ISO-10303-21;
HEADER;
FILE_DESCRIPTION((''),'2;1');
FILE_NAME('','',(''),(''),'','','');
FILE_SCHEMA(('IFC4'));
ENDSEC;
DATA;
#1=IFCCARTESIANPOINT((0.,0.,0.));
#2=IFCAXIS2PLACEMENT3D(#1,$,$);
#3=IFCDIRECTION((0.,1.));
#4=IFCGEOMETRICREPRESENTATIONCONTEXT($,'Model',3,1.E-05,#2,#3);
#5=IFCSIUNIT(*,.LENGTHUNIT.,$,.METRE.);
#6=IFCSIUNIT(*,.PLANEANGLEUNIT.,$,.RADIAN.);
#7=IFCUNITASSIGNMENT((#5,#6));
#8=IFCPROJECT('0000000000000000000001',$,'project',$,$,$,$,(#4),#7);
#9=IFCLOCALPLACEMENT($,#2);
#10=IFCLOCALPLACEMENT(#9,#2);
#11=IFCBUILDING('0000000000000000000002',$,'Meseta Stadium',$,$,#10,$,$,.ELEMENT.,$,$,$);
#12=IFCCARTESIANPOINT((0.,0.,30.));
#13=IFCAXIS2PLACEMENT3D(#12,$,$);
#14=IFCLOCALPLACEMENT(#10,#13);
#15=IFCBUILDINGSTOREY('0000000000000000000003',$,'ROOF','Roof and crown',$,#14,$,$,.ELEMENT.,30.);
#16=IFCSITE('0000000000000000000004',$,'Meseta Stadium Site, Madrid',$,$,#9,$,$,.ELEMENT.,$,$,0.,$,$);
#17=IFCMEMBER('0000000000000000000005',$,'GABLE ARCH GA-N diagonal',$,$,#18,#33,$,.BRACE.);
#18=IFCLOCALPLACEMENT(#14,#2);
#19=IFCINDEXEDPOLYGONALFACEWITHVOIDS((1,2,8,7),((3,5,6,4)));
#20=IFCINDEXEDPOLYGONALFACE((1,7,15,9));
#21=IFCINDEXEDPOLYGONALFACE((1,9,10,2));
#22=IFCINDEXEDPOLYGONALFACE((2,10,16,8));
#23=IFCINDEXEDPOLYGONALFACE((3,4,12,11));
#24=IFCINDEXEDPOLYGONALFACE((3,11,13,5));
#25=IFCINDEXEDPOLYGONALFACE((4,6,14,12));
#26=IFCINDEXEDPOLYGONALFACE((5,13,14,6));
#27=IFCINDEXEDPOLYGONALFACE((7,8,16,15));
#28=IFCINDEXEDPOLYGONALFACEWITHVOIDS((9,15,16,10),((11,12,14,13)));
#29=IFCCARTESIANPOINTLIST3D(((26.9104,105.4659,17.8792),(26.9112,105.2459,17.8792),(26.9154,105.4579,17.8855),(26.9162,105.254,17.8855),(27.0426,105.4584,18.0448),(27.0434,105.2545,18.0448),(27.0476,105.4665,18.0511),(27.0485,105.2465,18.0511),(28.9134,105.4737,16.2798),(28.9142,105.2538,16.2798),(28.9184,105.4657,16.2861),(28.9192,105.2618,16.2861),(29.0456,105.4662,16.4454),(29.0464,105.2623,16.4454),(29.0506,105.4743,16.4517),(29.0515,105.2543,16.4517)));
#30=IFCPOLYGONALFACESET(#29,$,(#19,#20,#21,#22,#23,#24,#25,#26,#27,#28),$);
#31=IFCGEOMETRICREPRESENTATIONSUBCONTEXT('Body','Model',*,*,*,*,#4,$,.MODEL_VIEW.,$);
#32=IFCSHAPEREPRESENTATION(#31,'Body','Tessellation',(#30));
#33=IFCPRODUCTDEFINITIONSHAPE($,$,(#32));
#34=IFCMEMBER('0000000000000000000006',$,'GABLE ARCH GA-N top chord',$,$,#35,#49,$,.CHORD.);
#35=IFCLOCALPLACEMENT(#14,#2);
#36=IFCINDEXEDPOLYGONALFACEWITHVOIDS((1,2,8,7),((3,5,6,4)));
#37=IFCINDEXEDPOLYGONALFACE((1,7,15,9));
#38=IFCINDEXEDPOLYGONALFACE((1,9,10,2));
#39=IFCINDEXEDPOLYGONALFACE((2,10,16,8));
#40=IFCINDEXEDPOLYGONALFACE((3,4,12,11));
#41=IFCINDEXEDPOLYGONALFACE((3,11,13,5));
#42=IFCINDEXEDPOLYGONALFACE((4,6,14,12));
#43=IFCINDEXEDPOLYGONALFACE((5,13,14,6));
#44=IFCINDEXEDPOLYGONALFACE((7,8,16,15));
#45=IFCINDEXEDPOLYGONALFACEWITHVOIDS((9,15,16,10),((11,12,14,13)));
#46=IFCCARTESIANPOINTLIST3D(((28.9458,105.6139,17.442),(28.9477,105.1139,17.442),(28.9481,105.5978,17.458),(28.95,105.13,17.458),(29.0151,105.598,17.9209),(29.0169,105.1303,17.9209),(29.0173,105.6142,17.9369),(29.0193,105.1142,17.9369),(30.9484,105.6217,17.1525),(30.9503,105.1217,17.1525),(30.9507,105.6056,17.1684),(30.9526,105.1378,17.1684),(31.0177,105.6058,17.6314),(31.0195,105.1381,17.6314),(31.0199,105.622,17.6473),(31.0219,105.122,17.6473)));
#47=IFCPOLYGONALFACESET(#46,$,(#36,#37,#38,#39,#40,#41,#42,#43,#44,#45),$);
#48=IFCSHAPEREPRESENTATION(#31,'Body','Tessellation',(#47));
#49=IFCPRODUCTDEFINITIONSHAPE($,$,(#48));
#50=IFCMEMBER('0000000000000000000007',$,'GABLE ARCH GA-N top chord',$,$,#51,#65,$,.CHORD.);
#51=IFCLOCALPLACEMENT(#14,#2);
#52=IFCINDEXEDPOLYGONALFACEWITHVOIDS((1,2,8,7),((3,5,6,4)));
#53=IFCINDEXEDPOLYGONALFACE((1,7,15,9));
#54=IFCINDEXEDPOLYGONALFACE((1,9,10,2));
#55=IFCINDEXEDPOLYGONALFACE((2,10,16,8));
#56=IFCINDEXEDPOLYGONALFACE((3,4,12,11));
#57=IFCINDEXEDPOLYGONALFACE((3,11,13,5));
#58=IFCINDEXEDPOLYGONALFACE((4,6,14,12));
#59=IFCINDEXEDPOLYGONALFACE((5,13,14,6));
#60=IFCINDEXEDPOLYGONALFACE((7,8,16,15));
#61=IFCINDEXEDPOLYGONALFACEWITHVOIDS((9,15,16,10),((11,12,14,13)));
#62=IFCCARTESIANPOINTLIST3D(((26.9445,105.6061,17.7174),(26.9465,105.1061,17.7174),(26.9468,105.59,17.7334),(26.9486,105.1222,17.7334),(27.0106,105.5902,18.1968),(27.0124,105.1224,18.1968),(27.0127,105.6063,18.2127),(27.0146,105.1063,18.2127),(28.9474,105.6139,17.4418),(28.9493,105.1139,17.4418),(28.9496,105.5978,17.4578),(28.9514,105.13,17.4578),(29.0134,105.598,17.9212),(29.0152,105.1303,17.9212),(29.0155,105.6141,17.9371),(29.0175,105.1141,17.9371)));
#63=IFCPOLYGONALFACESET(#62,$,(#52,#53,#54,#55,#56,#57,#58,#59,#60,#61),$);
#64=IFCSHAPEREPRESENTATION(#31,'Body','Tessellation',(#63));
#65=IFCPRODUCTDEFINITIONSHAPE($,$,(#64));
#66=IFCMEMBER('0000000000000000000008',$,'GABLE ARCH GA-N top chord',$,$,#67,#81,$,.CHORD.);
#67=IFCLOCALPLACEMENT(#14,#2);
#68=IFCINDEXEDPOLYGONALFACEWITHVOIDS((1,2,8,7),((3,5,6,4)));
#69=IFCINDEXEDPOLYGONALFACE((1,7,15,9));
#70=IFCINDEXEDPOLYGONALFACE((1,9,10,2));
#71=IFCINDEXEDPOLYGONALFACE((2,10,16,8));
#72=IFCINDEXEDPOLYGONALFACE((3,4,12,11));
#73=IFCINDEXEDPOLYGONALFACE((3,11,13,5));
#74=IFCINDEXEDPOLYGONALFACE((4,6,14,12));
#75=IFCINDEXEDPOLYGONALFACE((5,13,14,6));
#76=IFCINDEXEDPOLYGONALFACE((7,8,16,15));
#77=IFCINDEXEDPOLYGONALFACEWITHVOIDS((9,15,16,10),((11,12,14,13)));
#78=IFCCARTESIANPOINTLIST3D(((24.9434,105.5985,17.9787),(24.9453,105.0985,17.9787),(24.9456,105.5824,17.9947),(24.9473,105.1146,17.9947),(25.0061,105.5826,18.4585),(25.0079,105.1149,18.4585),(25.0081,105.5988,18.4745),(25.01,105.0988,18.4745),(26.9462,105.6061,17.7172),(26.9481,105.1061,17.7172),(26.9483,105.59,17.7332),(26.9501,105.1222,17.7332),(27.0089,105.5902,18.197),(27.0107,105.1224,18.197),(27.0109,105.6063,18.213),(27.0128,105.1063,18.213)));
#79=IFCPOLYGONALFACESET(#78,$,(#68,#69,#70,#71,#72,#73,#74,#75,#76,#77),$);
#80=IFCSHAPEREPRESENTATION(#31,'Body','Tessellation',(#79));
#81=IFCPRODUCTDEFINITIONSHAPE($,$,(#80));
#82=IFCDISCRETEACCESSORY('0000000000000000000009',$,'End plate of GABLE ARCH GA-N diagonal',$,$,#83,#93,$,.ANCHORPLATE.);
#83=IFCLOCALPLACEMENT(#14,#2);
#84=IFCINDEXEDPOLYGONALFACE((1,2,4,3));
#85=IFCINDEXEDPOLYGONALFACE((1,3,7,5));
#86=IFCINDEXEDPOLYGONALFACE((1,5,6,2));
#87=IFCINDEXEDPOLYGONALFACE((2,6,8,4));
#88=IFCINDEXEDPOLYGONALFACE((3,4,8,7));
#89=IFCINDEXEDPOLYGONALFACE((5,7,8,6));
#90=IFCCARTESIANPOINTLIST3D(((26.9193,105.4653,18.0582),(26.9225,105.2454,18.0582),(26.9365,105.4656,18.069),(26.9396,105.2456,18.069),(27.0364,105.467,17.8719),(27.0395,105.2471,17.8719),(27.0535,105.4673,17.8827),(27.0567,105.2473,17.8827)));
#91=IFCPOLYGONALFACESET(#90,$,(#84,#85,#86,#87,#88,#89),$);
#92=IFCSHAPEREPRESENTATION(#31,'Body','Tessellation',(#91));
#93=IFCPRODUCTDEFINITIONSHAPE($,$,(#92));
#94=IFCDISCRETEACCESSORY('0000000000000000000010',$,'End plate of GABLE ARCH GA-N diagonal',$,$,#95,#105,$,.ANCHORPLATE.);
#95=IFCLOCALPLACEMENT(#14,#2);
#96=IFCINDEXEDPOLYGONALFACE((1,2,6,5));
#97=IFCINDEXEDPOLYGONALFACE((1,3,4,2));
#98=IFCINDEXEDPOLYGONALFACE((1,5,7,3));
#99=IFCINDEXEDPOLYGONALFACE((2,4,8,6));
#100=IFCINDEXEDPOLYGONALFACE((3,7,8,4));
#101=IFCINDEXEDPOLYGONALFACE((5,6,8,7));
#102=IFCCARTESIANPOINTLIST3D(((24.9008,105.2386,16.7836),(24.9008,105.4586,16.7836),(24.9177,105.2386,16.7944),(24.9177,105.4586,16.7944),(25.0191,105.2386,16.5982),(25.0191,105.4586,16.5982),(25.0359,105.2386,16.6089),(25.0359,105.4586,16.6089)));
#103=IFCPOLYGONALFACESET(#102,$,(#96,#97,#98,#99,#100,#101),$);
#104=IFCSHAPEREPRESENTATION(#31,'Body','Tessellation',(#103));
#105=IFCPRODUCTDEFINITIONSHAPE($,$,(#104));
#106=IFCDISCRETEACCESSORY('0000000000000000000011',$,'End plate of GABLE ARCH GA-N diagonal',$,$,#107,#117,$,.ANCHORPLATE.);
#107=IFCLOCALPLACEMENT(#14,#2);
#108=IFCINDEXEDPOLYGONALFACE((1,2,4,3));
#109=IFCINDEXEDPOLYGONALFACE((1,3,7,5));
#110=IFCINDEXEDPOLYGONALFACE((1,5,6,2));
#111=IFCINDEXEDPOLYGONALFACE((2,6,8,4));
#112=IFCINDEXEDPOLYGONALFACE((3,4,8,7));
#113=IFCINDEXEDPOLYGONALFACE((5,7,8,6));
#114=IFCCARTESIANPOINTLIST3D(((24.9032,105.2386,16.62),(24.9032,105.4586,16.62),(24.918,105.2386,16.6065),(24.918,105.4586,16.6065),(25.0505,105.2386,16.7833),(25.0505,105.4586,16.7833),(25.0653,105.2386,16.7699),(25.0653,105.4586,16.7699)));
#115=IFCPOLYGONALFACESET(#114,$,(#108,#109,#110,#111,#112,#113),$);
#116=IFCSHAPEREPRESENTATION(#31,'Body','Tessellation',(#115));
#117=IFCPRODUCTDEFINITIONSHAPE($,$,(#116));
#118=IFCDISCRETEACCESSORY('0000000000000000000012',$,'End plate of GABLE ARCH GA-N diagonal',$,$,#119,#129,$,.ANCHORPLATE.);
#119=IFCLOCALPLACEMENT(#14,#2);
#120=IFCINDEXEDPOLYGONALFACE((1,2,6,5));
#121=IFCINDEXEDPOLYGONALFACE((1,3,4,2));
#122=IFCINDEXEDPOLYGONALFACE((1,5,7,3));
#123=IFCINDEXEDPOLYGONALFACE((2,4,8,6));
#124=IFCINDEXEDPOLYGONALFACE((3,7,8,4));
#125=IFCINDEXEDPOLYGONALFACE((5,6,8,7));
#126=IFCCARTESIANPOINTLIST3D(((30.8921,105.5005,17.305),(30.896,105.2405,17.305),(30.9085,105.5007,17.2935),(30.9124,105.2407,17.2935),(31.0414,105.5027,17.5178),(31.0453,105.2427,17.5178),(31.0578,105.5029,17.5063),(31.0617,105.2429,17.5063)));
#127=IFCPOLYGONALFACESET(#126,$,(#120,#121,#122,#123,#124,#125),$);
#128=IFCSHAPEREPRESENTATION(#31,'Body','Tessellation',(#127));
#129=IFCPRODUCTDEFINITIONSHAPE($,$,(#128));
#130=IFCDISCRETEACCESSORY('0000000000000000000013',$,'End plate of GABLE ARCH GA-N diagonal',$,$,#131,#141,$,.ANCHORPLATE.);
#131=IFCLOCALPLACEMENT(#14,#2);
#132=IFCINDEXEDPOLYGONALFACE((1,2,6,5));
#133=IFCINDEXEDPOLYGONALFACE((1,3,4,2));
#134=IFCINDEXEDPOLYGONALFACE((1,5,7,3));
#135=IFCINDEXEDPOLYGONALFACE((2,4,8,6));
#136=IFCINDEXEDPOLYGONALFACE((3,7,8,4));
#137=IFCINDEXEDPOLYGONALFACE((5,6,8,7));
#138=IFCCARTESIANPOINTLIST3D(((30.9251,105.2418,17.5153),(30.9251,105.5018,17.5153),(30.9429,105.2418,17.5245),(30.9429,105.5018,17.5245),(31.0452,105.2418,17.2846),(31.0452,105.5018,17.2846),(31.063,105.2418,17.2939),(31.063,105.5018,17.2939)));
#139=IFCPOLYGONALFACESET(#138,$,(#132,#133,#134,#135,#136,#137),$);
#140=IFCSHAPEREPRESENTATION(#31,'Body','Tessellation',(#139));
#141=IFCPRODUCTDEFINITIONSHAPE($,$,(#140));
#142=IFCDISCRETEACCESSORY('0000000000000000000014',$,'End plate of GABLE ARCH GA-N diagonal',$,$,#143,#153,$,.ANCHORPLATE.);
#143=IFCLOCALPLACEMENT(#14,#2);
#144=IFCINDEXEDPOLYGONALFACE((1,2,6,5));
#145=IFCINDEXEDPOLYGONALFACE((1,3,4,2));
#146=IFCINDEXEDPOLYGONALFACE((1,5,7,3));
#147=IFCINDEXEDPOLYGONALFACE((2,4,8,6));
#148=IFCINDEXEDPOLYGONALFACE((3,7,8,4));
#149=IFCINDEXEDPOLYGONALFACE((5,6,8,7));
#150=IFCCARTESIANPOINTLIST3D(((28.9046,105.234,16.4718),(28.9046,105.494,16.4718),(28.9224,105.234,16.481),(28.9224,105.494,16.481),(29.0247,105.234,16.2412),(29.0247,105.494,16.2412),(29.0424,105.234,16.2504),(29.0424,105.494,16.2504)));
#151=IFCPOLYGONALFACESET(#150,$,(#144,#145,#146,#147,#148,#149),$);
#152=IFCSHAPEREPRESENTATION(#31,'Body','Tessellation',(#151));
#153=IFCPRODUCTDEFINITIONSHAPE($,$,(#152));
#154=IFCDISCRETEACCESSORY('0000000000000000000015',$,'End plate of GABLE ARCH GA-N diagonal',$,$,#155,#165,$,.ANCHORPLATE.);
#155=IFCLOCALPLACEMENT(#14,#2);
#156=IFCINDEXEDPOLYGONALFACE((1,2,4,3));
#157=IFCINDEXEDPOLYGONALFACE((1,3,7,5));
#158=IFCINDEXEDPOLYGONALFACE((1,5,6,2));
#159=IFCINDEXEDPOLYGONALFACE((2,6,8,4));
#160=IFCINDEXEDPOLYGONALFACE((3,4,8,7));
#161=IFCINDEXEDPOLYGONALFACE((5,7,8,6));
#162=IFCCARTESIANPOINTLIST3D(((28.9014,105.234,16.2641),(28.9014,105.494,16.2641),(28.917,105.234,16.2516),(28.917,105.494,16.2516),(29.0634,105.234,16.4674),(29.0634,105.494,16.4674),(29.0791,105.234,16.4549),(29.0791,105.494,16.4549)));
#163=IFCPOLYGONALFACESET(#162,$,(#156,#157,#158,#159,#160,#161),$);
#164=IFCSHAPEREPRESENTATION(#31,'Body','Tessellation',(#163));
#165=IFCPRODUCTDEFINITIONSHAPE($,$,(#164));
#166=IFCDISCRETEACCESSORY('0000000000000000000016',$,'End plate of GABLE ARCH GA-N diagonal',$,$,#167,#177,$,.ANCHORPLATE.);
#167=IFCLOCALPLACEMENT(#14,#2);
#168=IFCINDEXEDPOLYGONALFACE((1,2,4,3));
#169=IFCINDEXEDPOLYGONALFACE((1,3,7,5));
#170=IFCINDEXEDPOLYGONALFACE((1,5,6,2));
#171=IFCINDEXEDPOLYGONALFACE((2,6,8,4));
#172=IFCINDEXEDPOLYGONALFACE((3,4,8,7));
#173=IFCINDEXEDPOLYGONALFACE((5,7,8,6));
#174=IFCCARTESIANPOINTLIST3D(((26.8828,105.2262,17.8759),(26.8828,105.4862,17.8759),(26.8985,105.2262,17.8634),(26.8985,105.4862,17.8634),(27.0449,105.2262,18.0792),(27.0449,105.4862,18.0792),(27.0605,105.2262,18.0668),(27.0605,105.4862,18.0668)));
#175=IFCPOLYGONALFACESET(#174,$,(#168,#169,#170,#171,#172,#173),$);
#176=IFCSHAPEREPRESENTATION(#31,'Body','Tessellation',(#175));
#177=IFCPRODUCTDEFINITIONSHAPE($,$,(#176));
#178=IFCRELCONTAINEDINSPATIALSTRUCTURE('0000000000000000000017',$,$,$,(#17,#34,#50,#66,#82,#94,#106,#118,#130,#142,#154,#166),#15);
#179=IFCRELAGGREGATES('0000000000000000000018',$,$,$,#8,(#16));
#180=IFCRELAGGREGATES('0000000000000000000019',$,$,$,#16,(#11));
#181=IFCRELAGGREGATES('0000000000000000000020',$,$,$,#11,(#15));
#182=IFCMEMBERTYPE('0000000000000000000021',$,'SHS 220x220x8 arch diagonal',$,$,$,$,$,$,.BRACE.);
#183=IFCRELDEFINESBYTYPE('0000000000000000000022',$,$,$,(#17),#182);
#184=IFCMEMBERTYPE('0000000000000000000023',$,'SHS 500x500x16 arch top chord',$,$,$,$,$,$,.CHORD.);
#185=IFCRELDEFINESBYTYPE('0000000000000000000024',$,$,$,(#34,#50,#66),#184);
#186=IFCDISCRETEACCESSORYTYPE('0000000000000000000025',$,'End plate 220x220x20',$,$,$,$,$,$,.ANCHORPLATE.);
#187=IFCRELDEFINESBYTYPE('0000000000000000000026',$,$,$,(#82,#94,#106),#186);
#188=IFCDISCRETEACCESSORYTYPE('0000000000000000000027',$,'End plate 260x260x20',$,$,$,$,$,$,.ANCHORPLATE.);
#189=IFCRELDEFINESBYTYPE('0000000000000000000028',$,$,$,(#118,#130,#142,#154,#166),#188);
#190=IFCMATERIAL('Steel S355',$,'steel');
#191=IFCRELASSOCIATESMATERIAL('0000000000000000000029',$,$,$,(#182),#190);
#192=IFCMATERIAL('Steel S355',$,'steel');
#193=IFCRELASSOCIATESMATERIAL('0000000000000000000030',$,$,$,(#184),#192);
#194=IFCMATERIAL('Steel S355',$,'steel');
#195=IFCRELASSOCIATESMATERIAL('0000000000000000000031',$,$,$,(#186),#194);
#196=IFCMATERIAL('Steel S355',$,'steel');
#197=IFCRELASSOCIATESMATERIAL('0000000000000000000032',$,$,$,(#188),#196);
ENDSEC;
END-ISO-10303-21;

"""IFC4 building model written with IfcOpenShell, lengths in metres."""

from ifc_helpers import new_model, si_unit, direction, frame, origin, origin_2d, place, context, subcontext, project, spatial, rectangle, hollow_rectangle, extrude, material, material_profile, profile_set, type_object, element, save


model = new_model("IFC4")

# Units and contexts
model_context = context("Model", 3, precision=1e-05, world=origin(), true_north=direction((0.0, 1.0)))
body_context = subcontext(model_context, "Body", "Model", "MODEL_VIEW")
ifc_project = project(units=[si_unit("LENGTHUNIT", "METRE"), si_unit("PLANEANGLEUNIT", "RADIAN")], contexts=[model_context])

# Site, building, storey
site_placement = place(None, origin())
site = spatial("IfcSite", under=ifc_project, at=site_placement, Name="Meseta Stadium Site, Madrid", CompositionType="ELEMENT", RefElevation=0.0)
building_placement = place(site_placement, origin())
building = spatial("IfcBuilding", under=site, at=building_placement, Name="Meseta Stadium", CompositionType="ELEMENT")
storey_placement = place(building_placement, frame((0.0, 0.0, 30.0)))
storey = spatial("IfcBuildingStorey", under=building, at=storey_placement, Name="ROOF", Description="Roof and crown", CompositionType="ELEMENT", Elevation=30.0)

# Members
ifc_material_1 = material(Name="Steel S355", Category="steel")
ifc_material_profile_1 = material_profile(ifc_material_1, hollow_rectangle(XDim=0.22, YDim=0.22, WallThickness=0.0081, at=origin_2d()), Name="SHS 220x220x8")
ifc_profile_set_1 = profile_set([ifc_material_profile_1], Name="Steel S355")
member_type_1 = type_object("IfcMemberType", Name="SHS 220x220x8 arch diagonal", PredefinedType="BRACE", material=ifc_profile_set_1)
member_1_placement = place(storey_placement, frame((28.9824, 105.364, 16.3657), z_axis=(-0.781432, -0.003048, 0.623983), x_axis=(0.003901, -0.999992, 0.0)))
element("IfcMember", 1, at=member_1_placement, inside=storey, type_object=member_type_1, Name="GABLE ARCH GA-N diagonal", PredefinedType="BRACE", context=body_context, shape_type="SweptSolid", body=[
    extrude(hollow_rectangle(XDim=0.22, YDim=0.22, WallThickness=0.0081, at=origin_2d()), origin(), (0.0, 0.0, 1.0), 2.5632),
])
ifc_material_2 = material(Name="Steel S355", Category="steel")
ifc_material_profile_2 = material_profile(ifc_material_2, hollow_rectangle(XDim=0.5, YDim=0.5, WallThickness=0.0161, at=origin_2d()), Name="SHS 500x500x16")
ifc_profile_set_2 = profile_set([ifc_material_profile_2], Name="Steel S355")
member_type_2 = type_object("IfcMemberType", Name="SHS 500x500x16 arch top chord", PredefinedType="CHORD", material=ifc_profile_set_2)
member_2_placement = place(storey_placement, frame((30.9851, 105.3718, 17.3999), z_axis=(-0.989702, -0.003861, 0.143092), x_axis=(0.003901, -0.999992, 0.0)))
element("IfcMember", 2, at=member_2_placement, inside=storey, type_object=member_type_2, Name="GABLE ARCH GA-N top chord", PredefinedType="CHORD", context=body_context, shape_type="SweptSolid", body=[
    extrude(hollow_rectangle(XDim=0.5, YDim=0.5, WallThickness=0.0161, at=origin_2d()), origin(), (0.0, 0.0, 1.0), 2.0234),
])
member_3_placement = place(storey_placement, frame((28.9824, 105.364, 17.6895), z_axis=(-0.990656, -0.003864, 0.13633), x_axis=(0.003901, -0.999992, 0.0)))
element("IfcMember", 3, at=member_3_placement, inside=storey, type_object=member_type_2, Name="GABLE ARCH GA-N top chord", PredefinedType="CHORD", context=body_context, shape_type="SweptSolid", body=[
    extrude(hollow_rectangle(XDim=0.5, YDim=0.5, WallThickness=0.0161, at=origin_2d()), origin(), (0.0, 0.0, 1.0), 2.0217),
])
member_4_placement = place(storey_placement, frame((26.9795, 105.3562, 17.9651), z_axis=(-0.991577, -0.003747, 0.129462), x_axis=(0.003779, -0.999993, 0.0)))
element("IfcMember", 4, at=member_4_placement, inside=storey, type_object=member_type_2, Name="GABLE ARCH GA-N top chord", PredefinedType="CHORD", context=body_context, shape_type="SweptSolid", body=[
    extrude(hollow_rectangle(XDim=0.5, YDim=0.5, WallThickness=0.0161, at=origin_2d()), origin(), (0.0, 0.0, 1.0), 2.0198),
])

# Discrete accessories
ifc_material_3 = material(Name="Steel S355", Category="steel")
ifc_material_profile_3 = material_profile(ifc_material_3, rectangle(XDim=0.22, YDim=0.22, at=origin_2d()), Name="PL 220x220")
ifc_profile_set_3 = profile_set([ifc_material_profile_3], Name="Steel S355")
discrete_accessory_type_1 = type_object("IfcDiscreteAccessoryType", Name="End plate 220x220x20", PredefinedType="ANCHORPLATE", material=ifc_profile_set_3)
discrete_accessory_placement = place(storey_placement, frame((26.9966, 105.3564, 17.9758), z_axis=(-0.846575, -0.012094, -0.532133), x_axis=(0.014284, -0.999898, 0.0)))
element("IfcDiscreteAccessory", 5, at=discrete_accessory_placement, inside=storey, type_object=discrete_accessory_type_1, Name="End plate of GABLE ARCH GA-N diagonal", PredefinedType="ANCHORPLATE", context=body_context, shape_type="SweptSolid", body=[
    extrude(rectangle(XDim=0.22, YDim=0.22, at=origin_2d()), origin(), (0.0, 0.0, 1.0), 0.0203),
])
for number, where, z_axis, x_axis, name in (
    (6, (24.9768, 105.3486, 16.7017), (-0.843158, 0.0, -0.537666), (0.0, -1.0, 0.0), "End plate of GABLE ARCH GA-N diagonal"),
    (7, (24.9917, 105.3486, 16.6882), (-0.742688, 0.0, 0.669637), (0.0, -1.0, 0.0), "End plate of GABLE ARCH GA-N diagonal"),
):
    element("IfcDiscreteAccessory", number, at=place(storey_placement, frame(where, z_axis=z_axis, x_axis=x_axis)), inside=storey, type_object=discrete_accessory_type_1, Name=name, PredefinedType="ANCHORPLATE", context=body_context, shape_type="SweptSolid", body=[
        extrude(rectangle(XDim=0.22, YDim=0.22, at=origin_2d()), origin(), (0.0, 0.0, 1.0), 0.02),
    ])
ifc_material_4 = material(Name="Steel S355", Category="steel")
ifc_material_profile_4 = material_profile(ifc_material_4, rectangle(XDim=0.26, YDim=0.26, at=origin_2d()), Name="PL 260x260")
ifc_profile_set_4 = profile_set([ifc_material_profile_4], Name="Steel S355")
discrete_accessory_type_2 = type_object("IfcDiscreteAccessoryType", Name="End plate 260x260x20", PredefinedType="ANCHORPLATE", material=ifc_profile_set_4)
for number, where, z_axis, x_axis, name in (
    (8, (30.9851, 105.3718, 17.3999), (-0.818596, -0.012218, 0.574239), (0.014924, -0.999889, 0.0), "End plate of GABLE ARCH GA-N diagonal"),
    (9, (31.0029, 105.3718, 17.4092), (-0.887018, 0.0, -0.461735), (0.0, -1.0, 0.0), "End plate of GABLE ARCH GA-N diagonal"),
    (10, (28.9824, 105.364, 16.3657), (-0.887018, 0.0, -0.461735), (0.0, -1.0, 0.0), "End plate of GABLE ARCH GA-N diagonal"),
    (11, (28.998, 105.364, 16.3533), (-0.78206, 0.0, 0.623204), (0.0, -1.0, 0.0), "End plate of GABLE ARCH GA-N diagonal"),
    (12, (26.9795, 105.3562, 17.9651), (-0.78206, 0.0, 0.623204), (0.0, -1.0, 0.0), "End plate of GABLE ARCH GA-N diagonal"),
):
    element("IfcDiscreteAccessory", number, at=place(storey_placement, frame(where, z_axis=z_axis, x_axis=x_axis)), inside=storey, type_object=discrete_accessory_type_2, Name=name, PredefinedType="ANCHORPLATE", context=body_context, shape_type="SweptSolid", body=[
        extrude(rectangle(XDim=0.26, YDim=0.26, at=origin_2d()), origin(), (0.0, 0.0, 1.0), 0.02),
    ])

save(model, "model.ifc")
